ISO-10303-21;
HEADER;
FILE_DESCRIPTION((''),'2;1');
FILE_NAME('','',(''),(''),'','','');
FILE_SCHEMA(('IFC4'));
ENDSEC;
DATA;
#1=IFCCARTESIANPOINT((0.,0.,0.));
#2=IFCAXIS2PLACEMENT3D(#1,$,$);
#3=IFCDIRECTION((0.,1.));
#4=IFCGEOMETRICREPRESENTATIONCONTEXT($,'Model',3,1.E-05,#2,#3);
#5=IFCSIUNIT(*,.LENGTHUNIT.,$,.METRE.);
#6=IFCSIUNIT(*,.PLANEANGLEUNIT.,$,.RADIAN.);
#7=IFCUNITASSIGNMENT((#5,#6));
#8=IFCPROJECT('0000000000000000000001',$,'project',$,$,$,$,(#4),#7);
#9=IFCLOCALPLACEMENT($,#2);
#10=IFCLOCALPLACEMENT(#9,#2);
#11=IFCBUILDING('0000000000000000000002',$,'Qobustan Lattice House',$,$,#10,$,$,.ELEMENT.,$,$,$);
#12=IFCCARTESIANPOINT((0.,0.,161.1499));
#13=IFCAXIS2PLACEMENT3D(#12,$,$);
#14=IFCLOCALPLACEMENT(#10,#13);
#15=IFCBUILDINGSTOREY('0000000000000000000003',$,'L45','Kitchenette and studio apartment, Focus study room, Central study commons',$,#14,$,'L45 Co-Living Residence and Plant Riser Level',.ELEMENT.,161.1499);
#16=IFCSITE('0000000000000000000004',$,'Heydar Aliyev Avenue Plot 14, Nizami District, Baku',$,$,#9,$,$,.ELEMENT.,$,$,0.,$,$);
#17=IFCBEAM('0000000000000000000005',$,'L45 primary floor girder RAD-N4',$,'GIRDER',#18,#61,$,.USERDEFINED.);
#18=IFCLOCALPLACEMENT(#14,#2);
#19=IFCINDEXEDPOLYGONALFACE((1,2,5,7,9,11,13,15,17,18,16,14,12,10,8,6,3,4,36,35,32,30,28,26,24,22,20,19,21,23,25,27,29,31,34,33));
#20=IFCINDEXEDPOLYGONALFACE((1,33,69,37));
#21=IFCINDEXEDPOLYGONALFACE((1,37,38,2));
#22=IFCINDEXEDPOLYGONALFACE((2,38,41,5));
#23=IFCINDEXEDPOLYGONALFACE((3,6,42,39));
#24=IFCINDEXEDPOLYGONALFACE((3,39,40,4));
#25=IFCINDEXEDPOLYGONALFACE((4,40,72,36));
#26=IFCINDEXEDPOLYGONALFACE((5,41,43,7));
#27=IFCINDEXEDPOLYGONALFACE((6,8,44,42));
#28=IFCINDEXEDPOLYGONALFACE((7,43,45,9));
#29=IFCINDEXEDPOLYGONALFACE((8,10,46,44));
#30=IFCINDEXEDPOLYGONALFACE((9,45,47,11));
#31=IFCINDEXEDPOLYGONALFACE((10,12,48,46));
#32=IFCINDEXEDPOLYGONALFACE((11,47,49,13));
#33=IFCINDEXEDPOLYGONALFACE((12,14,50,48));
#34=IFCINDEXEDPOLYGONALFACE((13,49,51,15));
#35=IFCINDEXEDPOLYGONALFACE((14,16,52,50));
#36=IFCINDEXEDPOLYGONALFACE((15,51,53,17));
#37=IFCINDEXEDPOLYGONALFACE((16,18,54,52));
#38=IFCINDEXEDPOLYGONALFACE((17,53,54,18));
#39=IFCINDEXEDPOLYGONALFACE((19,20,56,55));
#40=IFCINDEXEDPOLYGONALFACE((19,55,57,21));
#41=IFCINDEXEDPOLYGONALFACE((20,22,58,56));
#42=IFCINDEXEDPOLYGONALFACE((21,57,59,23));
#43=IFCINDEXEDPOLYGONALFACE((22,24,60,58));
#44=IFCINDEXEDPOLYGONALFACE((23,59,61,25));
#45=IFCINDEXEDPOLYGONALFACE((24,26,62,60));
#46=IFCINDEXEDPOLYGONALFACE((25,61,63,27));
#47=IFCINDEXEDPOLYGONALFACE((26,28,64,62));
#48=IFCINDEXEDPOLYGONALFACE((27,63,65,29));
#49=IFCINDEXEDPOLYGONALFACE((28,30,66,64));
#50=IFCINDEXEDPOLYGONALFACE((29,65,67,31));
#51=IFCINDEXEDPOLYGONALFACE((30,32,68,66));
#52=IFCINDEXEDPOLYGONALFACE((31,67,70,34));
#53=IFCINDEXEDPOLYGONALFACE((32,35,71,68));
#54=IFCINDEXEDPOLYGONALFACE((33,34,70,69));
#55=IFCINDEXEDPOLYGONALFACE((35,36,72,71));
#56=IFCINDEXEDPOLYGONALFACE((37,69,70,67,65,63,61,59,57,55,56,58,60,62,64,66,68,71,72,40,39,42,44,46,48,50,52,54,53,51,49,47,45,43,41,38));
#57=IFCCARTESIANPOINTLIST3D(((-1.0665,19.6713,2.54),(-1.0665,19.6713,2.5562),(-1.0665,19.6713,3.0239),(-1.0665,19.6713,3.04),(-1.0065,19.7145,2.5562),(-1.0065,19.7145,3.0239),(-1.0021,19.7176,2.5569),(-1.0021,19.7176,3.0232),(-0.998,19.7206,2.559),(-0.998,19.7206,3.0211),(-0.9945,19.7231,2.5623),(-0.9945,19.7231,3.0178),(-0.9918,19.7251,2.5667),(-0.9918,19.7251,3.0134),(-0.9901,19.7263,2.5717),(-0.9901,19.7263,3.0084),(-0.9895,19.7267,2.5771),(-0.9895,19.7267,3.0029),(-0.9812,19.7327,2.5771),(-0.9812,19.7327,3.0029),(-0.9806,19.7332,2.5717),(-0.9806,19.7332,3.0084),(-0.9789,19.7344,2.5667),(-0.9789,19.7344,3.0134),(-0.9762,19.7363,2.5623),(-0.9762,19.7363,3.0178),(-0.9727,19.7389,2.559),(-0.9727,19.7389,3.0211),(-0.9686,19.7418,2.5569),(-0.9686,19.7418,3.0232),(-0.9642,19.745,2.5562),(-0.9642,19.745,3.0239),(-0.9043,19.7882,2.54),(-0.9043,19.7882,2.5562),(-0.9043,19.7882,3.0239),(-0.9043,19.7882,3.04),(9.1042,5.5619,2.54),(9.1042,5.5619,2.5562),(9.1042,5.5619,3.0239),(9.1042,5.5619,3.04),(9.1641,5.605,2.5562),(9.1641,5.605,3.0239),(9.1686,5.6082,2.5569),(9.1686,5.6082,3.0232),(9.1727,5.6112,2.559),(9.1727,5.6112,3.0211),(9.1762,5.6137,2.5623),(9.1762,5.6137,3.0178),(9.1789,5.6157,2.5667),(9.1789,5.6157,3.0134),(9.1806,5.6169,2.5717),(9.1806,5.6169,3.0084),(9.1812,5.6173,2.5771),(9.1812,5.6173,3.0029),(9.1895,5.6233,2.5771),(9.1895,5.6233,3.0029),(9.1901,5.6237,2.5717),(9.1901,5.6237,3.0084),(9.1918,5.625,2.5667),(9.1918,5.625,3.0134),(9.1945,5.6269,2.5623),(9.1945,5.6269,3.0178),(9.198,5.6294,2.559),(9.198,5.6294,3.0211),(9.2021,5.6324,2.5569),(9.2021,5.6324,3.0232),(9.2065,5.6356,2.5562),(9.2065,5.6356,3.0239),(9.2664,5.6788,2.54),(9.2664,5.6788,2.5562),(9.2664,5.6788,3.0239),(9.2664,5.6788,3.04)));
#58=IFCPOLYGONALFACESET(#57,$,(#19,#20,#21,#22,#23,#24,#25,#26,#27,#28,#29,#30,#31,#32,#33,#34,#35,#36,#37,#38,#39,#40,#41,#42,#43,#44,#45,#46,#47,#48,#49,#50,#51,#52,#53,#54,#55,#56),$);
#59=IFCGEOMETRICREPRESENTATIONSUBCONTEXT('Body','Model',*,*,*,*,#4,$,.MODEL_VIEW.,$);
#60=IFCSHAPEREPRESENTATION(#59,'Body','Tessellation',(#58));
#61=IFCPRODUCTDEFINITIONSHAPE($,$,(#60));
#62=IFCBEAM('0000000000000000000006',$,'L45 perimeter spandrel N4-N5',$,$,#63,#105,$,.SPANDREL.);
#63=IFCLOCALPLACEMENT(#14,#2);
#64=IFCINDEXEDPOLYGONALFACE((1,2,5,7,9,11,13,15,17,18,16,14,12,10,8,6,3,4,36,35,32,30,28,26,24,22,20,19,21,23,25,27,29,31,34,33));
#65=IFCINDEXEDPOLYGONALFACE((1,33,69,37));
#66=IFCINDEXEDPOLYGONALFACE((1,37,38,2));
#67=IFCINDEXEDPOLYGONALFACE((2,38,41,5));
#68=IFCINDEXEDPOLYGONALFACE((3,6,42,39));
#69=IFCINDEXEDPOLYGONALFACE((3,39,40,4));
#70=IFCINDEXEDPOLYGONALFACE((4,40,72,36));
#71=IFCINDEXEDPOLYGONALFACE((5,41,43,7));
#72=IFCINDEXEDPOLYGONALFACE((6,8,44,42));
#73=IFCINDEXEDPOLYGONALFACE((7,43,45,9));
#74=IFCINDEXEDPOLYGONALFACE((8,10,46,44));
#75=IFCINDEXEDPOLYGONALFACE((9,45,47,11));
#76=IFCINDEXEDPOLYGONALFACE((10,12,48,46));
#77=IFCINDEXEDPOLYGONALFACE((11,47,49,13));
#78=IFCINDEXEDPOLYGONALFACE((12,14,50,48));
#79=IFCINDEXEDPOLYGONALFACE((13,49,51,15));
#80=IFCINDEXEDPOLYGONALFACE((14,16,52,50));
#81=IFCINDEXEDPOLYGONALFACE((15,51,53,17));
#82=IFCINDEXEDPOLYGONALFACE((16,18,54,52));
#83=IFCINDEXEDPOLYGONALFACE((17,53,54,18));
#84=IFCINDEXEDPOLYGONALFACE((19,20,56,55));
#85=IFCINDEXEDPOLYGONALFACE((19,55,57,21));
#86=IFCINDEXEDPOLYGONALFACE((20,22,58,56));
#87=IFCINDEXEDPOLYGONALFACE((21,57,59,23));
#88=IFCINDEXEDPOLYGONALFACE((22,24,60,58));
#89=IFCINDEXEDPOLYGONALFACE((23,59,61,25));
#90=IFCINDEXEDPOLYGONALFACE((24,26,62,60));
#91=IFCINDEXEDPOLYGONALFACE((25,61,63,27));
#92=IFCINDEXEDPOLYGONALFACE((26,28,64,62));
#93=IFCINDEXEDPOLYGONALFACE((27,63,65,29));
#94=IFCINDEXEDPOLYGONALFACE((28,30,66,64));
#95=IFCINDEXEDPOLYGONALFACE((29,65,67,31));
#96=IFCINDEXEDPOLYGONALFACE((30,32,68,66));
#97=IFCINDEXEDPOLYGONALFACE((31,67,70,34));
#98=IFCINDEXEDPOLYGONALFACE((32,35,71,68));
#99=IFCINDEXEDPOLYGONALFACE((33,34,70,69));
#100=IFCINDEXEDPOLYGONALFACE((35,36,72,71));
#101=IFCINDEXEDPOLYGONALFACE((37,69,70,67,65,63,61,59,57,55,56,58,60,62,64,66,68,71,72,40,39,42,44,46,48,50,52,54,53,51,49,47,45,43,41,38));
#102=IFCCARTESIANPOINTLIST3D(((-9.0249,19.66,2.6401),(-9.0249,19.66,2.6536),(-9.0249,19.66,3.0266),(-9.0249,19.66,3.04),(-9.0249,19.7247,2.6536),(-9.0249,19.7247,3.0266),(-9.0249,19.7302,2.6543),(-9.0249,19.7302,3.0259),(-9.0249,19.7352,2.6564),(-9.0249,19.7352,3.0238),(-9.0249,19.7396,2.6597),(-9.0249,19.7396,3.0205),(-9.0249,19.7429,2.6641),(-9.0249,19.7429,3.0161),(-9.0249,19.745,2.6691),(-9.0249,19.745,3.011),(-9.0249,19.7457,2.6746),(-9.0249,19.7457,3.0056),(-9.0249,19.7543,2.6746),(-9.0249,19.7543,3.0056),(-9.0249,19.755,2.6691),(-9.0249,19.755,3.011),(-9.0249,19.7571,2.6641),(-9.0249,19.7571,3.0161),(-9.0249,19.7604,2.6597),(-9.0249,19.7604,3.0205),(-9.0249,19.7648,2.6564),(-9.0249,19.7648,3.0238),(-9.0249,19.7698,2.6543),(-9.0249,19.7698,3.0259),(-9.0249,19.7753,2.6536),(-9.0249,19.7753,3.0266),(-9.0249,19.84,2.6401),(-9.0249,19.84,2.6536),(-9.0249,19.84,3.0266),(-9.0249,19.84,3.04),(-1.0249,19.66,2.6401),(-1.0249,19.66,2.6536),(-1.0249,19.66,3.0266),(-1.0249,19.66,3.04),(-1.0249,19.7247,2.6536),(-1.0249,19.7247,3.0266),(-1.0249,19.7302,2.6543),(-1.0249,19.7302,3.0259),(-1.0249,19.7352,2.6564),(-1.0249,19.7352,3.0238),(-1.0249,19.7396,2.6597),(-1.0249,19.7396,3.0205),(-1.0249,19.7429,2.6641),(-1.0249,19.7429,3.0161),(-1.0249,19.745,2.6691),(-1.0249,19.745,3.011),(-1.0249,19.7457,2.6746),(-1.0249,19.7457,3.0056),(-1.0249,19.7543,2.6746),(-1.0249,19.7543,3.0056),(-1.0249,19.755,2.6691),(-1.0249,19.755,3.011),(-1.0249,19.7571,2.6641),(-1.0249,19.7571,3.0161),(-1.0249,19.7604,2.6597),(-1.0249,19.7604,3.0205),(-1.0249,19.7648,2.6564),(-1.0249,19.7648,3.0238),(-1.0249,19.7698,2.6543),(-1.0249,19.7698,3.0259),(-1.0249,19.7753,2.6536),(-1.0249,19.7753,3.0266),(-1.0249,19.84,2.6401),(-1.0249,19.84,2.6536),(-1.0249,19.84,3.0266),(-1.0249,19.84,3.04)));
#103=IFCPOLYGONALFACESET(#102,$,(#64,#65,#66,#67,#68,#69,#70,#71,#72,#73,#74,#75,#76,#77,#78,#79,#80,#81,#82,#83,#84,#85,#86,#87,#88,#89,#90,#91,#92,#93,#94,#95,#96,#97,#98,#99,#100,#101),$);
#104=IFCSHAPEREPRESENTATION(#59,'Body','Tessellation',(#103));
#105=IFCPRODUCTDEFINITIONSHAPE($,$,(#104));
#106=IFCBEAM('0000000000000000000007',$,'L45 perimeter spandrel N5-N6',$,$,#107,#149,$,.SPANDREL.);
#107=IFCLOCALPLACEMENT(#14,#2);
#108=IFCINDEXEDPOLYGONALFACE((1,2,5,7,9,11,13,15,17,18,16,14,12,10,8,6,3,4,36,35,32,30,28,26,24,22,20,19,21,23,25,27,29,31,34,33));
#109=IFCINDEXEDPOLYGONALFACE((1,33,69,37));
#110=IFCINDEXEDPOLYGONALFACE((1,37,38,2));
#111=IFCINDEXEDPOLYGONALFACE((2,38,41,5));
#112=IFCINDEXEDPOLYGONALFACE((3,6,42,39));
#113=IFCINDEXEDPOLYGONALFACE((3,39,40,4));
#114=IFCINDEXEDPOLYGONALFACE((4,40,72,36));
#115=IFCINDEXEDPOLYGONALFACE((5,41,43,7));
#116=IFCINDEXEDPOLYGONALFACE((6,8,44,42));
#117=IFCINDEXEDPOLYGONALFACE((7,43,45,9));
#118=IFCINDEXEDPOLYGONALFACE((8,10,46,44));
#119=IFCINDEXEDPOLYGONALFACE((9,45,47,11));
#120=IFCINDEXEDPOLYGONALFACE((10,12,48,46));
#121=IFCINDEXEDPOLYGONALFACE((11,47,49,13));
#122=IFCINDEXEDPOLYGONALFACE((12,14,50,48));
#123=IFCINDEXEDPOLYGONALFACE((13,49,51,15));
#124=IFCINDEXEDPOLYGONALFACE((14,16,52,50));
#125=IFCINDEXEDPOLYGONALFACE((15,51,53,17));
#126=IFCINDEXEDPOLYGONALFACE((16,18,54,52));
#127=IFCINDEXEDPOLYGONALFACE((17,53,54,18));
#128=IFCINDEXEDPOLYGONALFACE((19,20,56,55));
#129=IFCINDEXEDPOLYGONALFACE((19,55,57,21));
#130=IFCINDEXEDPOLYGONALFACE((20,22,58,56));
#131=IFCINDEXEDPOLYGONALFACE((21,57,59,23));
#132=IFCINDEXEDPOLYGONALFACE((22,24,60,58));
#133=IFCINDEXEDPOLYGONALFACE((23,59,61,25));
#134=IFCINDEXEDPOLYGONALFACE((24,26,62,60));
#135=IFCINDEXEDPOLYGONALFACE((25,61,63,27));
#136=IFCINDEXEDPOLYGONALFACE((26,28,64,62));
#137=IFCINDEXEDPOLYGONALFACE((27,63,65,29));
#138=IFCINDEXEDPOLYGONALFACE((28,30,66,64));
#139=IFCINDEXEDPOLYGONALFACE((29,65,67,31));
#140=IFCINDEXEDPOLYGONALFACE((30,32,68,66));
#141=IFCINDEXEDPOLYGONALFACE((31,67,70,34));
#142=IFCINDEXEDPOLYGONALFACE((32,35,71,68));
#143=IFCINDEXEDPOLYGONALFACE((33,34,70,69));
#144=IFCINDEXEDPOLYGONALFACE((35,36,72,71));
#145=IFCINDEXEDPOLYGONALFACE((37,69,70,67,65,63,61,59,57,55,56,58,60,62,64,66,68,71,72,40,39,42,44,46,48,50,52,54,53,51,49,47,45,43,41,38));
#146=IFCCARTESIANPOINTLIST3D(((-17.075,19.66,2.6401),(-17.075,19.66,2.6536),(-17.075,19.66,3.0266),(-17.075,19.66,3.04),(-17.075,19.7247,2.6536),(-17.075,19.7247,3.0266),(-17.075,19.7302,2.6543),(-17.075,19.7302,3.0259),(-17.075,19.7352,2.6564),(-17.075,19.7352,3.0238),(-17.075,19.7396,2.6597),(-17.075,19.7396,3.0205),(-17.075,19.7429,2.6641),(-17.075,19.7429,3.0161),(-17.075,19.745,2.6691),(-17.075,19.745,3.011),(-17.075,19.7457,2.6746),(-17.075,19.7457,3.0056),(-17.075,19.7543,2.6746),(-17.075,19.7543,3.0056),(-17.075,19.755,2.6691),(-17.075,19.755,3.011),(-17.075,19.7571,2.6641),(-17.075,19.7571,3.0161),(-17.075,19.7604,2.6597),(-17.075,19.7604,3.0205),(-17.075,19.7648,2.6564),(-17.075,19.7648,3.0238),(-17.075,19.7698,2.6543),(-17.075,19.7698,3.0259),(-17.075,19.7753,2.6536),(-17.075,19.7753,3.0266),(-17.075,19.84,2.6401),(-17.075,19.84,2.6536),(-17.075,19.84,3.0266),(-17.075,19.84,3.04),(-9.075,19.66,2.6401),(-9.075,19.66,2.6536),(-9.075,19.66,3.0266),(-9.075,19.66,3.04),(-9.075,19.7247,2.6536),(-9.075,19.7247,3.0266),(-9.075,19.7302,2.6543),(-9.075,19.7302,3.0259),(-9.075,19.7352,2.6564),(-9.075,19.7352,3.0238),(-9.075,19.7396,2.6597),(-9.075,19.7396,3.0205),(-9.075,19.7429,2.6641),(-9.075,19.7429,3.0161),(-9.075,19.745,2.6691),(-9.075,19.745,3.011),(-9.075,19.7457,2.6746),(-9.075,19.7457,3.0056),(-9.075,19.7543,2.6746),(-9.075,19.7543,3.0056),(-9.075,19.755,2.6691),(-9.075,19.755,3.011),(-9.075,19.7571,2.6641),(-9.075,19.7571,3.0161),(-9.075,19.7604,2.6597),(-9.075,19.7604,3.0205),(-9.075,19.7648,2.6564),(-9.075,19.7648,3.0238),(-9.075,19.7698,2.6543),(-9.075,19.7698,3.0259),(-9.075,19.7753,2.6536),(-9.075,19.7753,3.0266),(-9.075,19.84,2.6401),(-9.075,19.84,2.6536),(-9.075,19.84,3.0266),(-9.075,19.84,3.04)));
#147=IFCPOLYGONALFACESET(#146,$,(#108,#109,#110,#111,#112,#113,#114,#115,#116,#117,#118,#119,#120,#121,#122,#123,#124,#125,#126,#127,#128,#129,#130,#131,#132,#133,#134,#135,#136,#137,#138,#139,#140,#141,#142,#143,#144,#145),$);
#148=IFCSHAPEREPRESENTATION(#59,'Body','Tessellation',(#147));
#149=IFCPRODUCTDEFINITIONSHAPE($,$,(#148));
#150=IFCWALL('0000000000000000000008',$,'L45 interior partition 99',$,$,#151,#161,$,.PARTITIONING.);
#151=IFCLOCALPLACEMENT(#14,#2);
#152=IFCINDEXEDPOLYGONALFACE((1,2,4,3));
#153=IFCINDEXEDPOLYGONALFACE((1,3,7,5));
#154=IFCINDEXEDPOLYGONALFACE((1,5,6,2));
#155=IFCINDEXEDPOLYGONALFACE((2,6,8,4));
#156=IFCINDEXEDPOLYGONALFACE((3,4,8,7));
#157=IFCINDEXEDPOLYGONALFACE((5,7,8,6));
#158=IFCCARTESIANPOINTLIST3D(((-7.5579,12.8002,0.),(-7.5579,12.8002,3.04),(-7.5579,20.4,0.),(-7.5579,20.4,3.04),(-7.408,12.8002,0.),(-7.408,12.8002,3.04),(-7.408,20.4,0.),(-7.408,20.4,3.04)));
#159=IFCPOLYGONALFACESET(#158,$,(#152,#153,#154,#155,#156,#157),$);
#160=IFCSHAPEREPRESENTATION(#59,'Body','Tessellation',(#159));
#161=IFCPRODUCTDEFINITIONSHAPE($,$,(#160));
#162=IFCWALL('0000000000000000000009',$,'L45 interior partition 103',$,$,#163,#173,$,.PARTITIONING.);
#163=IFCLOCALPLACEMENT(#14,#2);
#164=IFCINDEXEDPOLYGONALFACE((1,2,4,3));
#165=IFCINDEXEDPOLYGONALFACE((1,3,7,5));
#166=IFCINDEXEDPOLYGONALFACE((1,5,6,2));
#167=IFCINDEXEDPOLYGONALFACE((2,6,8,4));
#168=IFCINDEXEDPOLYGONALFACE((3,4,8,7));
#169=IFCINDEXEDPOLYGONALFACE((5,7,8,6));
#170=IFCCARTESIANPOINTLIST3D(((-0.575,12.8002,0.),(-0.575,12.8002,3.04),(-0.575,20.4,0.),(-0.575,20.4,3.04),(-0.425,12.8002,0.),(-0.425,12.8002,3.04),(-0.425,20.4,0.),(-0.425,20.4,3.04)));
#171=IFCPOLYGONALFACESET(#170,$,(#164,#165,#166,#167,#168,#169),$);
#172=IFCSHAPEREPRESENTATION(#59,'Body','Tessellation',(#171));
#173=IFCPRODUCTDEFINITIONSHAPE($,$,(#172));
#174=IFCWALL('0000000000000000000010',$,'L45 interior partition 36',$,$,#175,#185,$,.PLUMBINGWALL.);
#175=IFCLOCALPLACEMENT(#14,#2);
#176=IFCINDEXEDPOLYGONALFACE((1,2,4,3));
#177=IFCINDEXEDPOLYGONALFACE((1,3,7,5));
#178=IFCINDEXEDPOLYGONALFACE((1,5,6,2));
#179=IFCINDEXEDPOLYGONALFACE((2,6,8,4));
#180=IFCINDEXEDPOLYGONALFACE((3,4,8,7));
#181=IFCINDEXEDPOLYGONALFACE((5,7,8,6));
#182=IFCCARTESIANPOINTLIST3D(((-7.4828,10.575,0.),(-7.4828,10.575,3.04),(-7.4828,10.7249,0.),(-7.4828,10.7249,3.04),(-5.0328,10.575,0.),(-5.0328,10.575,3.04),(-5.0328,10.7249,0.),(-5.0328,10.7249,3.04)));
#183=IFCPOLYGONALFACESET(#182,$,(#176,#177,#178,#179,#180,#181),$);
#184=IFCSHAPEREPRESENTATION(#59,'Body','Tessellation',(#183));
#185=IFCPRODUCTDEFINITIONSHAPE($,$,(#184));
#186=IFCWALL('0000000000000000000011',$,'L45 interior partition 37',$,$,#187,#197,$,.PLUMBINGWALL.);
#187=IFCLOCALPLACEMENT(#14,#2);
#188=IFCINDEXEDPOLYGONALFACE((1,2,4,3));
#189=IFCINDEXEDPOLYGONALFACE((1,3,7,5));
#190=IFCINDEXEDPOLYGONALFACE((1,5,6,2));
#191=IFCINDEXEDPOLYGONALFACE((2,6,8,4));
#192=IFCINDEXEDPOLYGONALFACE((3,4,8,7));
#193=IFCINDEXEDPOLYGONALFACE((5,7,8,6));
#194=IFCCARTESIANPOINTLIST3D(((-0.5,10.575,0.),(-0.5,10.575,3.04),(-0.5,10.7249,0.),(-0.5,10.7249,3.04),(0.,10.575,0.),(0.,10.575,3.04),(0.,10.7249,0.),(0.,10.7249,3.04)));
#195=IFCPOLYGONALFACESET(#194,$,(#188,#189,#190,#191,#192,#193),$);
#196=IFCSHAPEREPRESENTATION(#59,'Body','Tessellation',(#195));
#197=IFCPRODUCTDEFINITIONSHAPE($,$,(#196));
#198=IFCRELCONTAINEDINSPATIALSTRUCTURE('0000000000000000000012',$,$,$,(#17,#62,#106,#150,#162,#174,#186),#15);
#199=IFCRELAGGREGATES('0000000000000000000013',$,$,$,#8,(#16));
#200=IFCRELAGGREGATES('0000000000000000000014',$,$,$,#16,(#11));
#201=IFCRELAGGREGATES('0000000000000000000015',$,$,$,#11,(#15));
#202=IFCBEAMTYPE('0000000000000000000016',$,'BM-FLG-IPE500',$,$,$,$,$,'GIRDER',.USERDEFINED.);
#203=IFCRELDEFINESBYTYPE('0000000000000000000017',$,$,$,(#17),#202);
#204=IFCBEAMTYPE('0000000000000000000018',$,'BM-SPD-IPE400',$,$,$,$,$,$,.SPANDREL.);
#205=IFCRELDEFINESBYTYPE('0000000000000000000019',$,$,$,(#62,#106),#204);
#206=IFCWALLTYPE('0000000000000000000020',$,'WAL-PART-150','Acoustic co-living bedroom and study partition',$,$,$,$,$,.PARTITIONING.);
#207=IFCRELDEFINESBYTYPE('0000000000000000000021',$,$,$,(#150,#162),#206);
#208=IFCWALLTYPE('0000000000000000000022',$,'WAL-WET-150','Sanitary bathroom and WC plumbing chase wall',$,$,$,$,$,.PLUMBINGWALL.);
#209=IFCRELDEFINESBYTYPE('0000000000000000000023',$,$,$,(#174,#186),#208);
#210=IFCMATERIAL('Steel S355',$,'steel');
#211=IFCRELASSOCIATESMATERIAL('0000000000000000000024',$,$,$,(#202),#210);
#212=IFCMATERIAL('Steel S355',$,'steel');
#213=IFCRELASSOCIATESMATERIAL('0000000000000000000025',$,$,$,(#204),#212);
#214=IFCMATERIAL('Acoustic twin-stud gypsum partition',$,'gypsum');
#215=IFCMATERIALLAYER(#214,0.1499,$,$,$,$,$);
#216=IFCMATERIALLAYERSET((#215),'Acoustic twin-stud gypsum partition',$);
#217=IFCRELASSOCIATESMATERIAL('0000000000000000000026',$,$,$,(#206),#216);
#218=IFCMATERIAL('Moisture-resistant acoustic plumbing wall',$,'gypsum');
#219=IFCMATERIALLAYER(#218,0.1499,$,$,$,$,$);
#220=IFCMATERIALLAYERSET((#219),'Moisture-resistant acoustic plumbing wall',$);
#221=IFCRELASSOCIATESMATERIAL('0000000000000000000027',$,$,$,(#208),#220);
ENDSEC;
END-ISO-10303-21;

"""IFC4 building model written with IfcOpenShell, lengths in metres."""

from ifc_helpers import new_model, si_unit, direction, frame, frame_2d, origin, origin_2d, place, context, subcontext, project, spatial, rectangle, i_section, extrude, material, layer, layer_set, material_profile, profile_set, type_object, element, save


model = new_model("IFC4")

# Units and contexts
model_context = context("Model", 3, precision=1e-05, world=origin(), true_north=direction((0.0, 1.0)))
body_context = subcontext(model_context, "Body", "Model", "MODEL_VIEW")
ifc_project = project(units=[si_unit("LENGTHUNIT", "METRE"), si_unit("PLANEANGLEUNIT", "RADIAN")], contexts=[model_context])

# Site, building, storey
site_placement = place(None, origin())
site = spatial("IfcSite", under=ifc_project, at=site_placement, Name="Heydar Aliyev Avenue Plot 14, Nizami District, Baku", CompositionType="ELEMENT", RefElevation=0.0)
building_placement = place(site_placement, origin())
building = spatial("IfcBuilding", under=site, at=building_placement, Name="Qobustan Lattice House", CompositionType="ELEMENT")
storey_placement = place(building_placement, frame((0.0, 0.0, 161.1499)))
storey = spatial("IfcBuildingStorey", under=building, at=storey_placement, Name="L45", Description="Kitchenette and studio apartment, Focus study room, Central study commons", LongName="L45 Co-Living Residence and Plant Riser Level", CompositionType="ELEMENT", Elevation=161.1499)

# Beams
ifc_material_1 = material(Name="Steel S355", Category="steel")
ifc_material_profile_1 = material_profile(ifc_material_1, i_section(OverallWidth=0.2, OverallDepth=0.5, WebThickness=0.0103, FlangeThickness=0.0161, FilletRadius=0.021, at=origin_2d()), Name="IPE500")
ifc_profile_set_1 = profile_set([ifc_material_profile_1], Name="Steel S355")
beam_type_1 = type_object("IfcBeamType", Name="BM-FLG-IPE500", ElementType="GIRDER", PredefinedType="USERDEFINED", material=ifc_profile_set_1)
beam_1_placement = place(storey_placement, frame((-0.9854, 19.7297, 2.79), z_axis=(0.584755, -0.81121, 0.0), x_axis=(0.81121, 0.584755, 0.0)))
element("IfcBeam", 1, at=beam_1_placement, inside=storey, type_object=beam_type_1, Name="L45 primary floor girder RAD-N4", ObjectType="GIRDER", PredefinedType="USERDEFINED", context=body_context, shape_type="SweptSolid", body=[
    extrude(i_section(OverallWidth=0.2, OverallDepth=0.5, WebThickness=0.0103, FlangeThickness=0.0161, FilletRadius=0.021, at=origin_2d()), origin(), (0.0, 0.0, 1.0), 17.3931),
])
ifc_material_2 = material(Name="Steel S355", Category="steel")
ifc_material_profile_2 = material_profile(ifc_material_2, i_section(OverallWidth=0.1799, OverallDepth=0.3999, WebThickness=0.0085, FlangeThickness=0.0134, FilletRadius=0.021, at=origin_2d()), Name="IPE400")
ifc_profile_set_2 = profile_set([ifc_material_profile_2], Name="Steel S355")
beam_type_2 = type_object("IfcBeamType", Name="BM-SPD-IPE400", PredefinedType="SPANDREL", material=ifc_profile_set_2)
for number, where, z_axis, x_axis, name in (
    (2, (-1.0249, 19.75, 2.8401), (-1.0, 0.0, 0.0), (0.0, -1.0, 0.0), "L45 perimeter spandrel N4-N5"),
    (3, (-9.075, 19.75, 2.8401), (-1.0, 0.0, 0.0), (0.0, -1.0, 0.0), "L45 perimeter spandrel N5-N6"),
):
    element("IfcBeam", number, at=place(storey_placement, frame(where, z_axis=z_axis, x_axis=x_axis)), inside=storey, type_object=beam_type_2, Name=name, PredefinedType="SPANDREL", context=body_context, shape_type="SweptSolid", body=[
        extrude(i_section(OverallWidth=0.1799, OverallDepth=0.3999, WebThickness=0.0085, FlangeThickness=0.0134, FilletRadius=0.021, at=origin_2d()), origin(), (0.0, 0.0, 1.0), 8.0),
    ])

# Walls
ifc_material_3 = material(Name="Acoustic twin-stud gypsum partition", Category="gypsum")
ifc_layer_1 = layer(ifc_material_3, 0.1499)
ifc_layer_set_1 = layer_set([ifc_layer_1], Name="Acoustic twin-stud gypsum partition")
wall_type_1 = type_object("IfcWallType", Name="WAL-PART-150", Description="Acoustic co-living bedroom and study partition", PredefinedType="PARTITIONING", material=ifc_layer_set_1)
for number, where, z_axis, x_axis, name in (
    (4, (-7.4829, 20.3999, 0.0), (0.0, 0.0, 1.0), (0.0, -1.0, 0.0), "L45 interior partition 99"),
    (5, (-0.5, 20.3999, 0.0), (0.0, 0.0, 1.0), (0.0, -1.0, 0.0), "L45 interior partition 103"),
):
    element("IfcWall", number, at=place(storey_placement, frame(where, z_axis=z_axis, x_axis=x_axis)), inside=storey, type_object=wall_type_1, Name=name, PredefinedType="PARTITIONING", context=body_context, shape_type="SweptSolid", body=[
        extrude(rectangle(XDim=7.5999, YDim=0.1499, at=frame_2d((3.7998, 0.0))), origin(), (0.0, 0.0, 1.0), 3.04),
    ])
ifc_material_4 = material(Name="Moisture-resistant acoustic plumbing wall", Category="gypsum")
ifc_layer_2 = layer(ifc_material_4, 0.1499)
ifc_layer_set_2 = layer_set([ifc_layer_2], Name="Moisture-resistant acoustic plumbing wall")
wall_type_2 = type_object("IfcWallType", Name="WAL-WET-150", Description="Sanitary bathroom and WC plumbing chase wall", PredefinedType="PLUMBINGWALL", material=ifc_layer_set_2)
wall_1_placement = place(storey_placement, frame((-7.4829, 10.6499, 0.0), z_axis=(0.0, 0.0, 1.0), x_axis=(1.0, 0.0, 0.0)))
element("IfcWall", 6, at=wall_1_placement, inside=storey, type_object=wall_type_2, Name="L45 interior partition 36", PredefinedType="PLUMBINGWALL", context=body_context, shape_type="SweptSolid", body=[
    extrude(rectangle(XDim=2.45, YDim=0.1499, at=frame_2d((1.2251, 0.0))), origin(), (0.0, 0.0, 1.0), 3.04),
])
wall_2_placement = place(storey_placement, frame((-0.5, 10.6499, 0.0), z_axis=(0.0, 0.0, 1.0), x_axis=(1.0, 0.0, 0.0)))
element("IfcWall", 7, at=wall_2_placement, inside=storey, type_object=wall_type_2, Name="L45 interior partition 37", PredefinedType="PLUMBINGWALL", context=body_context, shape_type="SweptSolid", body=[
    extrude(rectangle(XDim=0.5, YDim=0.1499, at=frame_2d((0.25, 0.0))), origin(), (0.0, 0.0, 1.0), 3.04),
])

save(model, "model.ifc")
